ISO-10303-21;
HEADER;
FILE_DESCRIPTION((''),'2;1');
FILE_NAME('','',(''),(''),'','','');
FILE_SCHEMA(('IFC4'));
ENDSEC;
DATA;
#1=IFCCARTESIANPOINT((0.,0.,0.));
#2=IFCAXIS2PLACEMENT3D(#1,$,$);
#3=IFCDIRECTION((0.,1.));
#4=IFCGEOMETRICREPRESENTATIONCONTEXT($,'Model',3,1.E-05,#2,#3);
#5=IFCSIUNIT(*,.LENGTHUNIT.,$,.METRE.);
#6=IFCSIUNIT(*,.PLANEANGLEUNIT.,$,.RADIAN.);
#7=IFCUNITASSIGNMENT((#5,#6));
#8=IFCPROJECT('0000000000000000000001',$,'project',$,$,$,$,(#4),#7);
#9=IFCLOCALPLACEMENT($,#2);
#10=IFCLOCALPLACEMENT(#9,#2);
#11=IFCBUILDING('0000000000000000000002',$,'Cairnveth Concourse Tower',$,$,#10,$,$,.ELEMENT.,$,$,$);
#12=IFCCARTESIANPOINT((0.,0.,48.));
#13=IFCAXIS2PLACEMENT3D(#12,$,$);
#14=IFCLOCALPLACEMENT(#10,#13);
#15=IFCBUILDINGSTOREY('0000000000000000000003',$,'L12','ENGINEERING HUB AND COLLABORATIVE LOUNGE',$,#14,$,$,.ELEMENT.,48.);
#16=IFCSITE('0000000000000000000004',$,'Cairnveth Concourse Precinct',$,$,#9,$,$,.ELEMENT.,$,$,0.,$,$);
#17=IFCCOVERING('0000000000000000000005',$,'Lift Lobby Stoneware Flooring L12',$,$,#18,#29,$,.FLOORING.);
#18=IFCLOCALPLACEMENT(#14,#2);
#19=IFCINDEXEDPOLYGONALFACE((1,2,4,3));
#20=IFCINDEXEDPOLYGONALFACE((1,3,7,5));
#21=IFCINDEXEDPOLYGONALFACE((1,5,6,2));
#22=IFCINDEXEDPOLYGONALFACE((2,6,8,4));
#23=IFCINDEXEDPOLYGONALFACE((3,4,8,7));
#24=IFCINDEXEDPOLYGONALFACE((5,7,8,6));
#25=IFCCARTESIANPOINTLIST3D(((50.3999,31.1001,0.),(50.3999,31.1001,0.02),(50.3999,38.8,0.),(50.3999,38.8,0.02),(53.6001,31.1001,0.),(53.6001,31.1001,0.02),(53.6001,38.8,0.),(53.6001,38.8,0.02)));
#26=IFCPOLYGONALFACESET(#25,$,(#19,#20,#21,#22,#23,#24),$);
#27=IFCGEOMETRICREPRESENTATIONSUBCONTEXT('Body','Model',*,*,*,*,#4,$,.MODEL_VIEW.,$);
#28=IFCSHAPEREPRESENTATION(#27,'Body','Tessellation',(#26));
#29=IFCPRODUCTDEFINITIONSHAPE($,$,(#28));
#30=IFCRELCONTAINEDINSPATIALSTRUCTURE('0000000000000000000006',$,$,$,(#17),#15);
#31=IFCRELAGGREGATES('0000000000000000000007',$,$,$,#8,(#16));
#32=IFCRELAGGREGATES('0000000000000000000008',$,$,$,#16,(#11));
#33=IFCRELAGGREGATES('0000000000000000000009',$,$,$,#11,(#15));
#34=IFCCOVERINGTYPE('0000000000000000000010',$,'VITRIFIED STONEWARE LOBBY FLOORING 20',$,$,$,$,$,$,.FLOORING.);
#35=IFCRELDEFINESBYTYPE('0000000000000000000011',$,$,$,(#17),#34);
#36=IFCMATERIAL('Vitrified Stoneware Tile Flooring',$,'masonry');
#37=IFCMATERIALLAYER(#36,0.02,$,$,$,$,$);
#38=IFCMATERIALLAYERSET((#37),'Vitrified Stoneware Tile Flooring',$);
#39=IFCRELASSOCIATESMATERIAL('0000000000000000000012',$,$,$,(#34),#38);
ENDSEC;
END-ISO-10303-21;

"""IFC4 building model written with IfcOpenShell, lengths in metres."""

from ifc_helpers import new_model, si_unit, direction, frame, origin, place, context, subcontext, project, spatial, polyline, outline, extrude, material, layer, layer_set, type_object, element, save


model = new_model("IFC4")

# Units and contexts
model_context = context("Model", 3, precision=1e-05, world=origin(), true_north=direction((0.0, 1.0)))
body_context = subcontext(model_context, "Body", "Model", "MODEL_VIEW")
ifc_project = project(units=[si_unit("LENGTHUNIT", "METRE"), si_unit("PLANEANGLEUNIT", "RADIAN")], contexts=[model_context])

# Site, building, storey
site_placement = place(None, origin())
site = spatial("IfcSite", under=ifc_project, at=site_placement, Name="Cairnveth Concourse Precinct", CompositionType="ELEMENT", RefElevation=0.0)
building_placement = place(site_placement, origin())
building = spatial("IfcBuilding", under=site, at=building_placement, Name="Cairnveth Concourse Tower", CompositionType="ELEMENT")
storey_placement = place(building_placement, frame((0.0, 0.0, 48.0)))
storey = spatial("IfcBuildingStorey", under=building, at=storey_placement, Name="L12", Description="ENGINEERING HUB AND COLLABORATIVE LOUNGE", CompositionType="ELEMENT", Elevation=48.0)

# Covering
ifc_material_1 = material(Name="Vitrified Stoneware Tile Flooring", Category="masonry")
ifc_layer_1 = layer(ifc_material_1, 0.02)
ifc_layer_set_1 = layer_set([ifc_layer_1], Name="Vitrified Stoneware Tile Flooring")
covering_type_1 = type_object("IfcCoveringType", Name="VITRIFIED STONEWARE LOBBY FLOORING 20", PredefinedType="FLOORING", material=ifc_layer_set_1)
covering_1_placement = place(storey_placement, origin())
element("IfcCovering", 1, at=covering_1_placement, inside=storey, type_object=covering_type_1, Name="Lift Lobby Stoneware Flooring L12", PredefinedType="FLOORING", context=body_context, shape_type="SweptSolid", body=[
    extrude(outline(polyline([(50.3999, 31.1001), (53.6001, 31.1001), (53.6001, 38.8), (50.3999, 38.8), (50.3999, 31.1001)])), origin(), (0.0, 0.0, 1.0), 0.02),
])

save(model, "model.ifc")
